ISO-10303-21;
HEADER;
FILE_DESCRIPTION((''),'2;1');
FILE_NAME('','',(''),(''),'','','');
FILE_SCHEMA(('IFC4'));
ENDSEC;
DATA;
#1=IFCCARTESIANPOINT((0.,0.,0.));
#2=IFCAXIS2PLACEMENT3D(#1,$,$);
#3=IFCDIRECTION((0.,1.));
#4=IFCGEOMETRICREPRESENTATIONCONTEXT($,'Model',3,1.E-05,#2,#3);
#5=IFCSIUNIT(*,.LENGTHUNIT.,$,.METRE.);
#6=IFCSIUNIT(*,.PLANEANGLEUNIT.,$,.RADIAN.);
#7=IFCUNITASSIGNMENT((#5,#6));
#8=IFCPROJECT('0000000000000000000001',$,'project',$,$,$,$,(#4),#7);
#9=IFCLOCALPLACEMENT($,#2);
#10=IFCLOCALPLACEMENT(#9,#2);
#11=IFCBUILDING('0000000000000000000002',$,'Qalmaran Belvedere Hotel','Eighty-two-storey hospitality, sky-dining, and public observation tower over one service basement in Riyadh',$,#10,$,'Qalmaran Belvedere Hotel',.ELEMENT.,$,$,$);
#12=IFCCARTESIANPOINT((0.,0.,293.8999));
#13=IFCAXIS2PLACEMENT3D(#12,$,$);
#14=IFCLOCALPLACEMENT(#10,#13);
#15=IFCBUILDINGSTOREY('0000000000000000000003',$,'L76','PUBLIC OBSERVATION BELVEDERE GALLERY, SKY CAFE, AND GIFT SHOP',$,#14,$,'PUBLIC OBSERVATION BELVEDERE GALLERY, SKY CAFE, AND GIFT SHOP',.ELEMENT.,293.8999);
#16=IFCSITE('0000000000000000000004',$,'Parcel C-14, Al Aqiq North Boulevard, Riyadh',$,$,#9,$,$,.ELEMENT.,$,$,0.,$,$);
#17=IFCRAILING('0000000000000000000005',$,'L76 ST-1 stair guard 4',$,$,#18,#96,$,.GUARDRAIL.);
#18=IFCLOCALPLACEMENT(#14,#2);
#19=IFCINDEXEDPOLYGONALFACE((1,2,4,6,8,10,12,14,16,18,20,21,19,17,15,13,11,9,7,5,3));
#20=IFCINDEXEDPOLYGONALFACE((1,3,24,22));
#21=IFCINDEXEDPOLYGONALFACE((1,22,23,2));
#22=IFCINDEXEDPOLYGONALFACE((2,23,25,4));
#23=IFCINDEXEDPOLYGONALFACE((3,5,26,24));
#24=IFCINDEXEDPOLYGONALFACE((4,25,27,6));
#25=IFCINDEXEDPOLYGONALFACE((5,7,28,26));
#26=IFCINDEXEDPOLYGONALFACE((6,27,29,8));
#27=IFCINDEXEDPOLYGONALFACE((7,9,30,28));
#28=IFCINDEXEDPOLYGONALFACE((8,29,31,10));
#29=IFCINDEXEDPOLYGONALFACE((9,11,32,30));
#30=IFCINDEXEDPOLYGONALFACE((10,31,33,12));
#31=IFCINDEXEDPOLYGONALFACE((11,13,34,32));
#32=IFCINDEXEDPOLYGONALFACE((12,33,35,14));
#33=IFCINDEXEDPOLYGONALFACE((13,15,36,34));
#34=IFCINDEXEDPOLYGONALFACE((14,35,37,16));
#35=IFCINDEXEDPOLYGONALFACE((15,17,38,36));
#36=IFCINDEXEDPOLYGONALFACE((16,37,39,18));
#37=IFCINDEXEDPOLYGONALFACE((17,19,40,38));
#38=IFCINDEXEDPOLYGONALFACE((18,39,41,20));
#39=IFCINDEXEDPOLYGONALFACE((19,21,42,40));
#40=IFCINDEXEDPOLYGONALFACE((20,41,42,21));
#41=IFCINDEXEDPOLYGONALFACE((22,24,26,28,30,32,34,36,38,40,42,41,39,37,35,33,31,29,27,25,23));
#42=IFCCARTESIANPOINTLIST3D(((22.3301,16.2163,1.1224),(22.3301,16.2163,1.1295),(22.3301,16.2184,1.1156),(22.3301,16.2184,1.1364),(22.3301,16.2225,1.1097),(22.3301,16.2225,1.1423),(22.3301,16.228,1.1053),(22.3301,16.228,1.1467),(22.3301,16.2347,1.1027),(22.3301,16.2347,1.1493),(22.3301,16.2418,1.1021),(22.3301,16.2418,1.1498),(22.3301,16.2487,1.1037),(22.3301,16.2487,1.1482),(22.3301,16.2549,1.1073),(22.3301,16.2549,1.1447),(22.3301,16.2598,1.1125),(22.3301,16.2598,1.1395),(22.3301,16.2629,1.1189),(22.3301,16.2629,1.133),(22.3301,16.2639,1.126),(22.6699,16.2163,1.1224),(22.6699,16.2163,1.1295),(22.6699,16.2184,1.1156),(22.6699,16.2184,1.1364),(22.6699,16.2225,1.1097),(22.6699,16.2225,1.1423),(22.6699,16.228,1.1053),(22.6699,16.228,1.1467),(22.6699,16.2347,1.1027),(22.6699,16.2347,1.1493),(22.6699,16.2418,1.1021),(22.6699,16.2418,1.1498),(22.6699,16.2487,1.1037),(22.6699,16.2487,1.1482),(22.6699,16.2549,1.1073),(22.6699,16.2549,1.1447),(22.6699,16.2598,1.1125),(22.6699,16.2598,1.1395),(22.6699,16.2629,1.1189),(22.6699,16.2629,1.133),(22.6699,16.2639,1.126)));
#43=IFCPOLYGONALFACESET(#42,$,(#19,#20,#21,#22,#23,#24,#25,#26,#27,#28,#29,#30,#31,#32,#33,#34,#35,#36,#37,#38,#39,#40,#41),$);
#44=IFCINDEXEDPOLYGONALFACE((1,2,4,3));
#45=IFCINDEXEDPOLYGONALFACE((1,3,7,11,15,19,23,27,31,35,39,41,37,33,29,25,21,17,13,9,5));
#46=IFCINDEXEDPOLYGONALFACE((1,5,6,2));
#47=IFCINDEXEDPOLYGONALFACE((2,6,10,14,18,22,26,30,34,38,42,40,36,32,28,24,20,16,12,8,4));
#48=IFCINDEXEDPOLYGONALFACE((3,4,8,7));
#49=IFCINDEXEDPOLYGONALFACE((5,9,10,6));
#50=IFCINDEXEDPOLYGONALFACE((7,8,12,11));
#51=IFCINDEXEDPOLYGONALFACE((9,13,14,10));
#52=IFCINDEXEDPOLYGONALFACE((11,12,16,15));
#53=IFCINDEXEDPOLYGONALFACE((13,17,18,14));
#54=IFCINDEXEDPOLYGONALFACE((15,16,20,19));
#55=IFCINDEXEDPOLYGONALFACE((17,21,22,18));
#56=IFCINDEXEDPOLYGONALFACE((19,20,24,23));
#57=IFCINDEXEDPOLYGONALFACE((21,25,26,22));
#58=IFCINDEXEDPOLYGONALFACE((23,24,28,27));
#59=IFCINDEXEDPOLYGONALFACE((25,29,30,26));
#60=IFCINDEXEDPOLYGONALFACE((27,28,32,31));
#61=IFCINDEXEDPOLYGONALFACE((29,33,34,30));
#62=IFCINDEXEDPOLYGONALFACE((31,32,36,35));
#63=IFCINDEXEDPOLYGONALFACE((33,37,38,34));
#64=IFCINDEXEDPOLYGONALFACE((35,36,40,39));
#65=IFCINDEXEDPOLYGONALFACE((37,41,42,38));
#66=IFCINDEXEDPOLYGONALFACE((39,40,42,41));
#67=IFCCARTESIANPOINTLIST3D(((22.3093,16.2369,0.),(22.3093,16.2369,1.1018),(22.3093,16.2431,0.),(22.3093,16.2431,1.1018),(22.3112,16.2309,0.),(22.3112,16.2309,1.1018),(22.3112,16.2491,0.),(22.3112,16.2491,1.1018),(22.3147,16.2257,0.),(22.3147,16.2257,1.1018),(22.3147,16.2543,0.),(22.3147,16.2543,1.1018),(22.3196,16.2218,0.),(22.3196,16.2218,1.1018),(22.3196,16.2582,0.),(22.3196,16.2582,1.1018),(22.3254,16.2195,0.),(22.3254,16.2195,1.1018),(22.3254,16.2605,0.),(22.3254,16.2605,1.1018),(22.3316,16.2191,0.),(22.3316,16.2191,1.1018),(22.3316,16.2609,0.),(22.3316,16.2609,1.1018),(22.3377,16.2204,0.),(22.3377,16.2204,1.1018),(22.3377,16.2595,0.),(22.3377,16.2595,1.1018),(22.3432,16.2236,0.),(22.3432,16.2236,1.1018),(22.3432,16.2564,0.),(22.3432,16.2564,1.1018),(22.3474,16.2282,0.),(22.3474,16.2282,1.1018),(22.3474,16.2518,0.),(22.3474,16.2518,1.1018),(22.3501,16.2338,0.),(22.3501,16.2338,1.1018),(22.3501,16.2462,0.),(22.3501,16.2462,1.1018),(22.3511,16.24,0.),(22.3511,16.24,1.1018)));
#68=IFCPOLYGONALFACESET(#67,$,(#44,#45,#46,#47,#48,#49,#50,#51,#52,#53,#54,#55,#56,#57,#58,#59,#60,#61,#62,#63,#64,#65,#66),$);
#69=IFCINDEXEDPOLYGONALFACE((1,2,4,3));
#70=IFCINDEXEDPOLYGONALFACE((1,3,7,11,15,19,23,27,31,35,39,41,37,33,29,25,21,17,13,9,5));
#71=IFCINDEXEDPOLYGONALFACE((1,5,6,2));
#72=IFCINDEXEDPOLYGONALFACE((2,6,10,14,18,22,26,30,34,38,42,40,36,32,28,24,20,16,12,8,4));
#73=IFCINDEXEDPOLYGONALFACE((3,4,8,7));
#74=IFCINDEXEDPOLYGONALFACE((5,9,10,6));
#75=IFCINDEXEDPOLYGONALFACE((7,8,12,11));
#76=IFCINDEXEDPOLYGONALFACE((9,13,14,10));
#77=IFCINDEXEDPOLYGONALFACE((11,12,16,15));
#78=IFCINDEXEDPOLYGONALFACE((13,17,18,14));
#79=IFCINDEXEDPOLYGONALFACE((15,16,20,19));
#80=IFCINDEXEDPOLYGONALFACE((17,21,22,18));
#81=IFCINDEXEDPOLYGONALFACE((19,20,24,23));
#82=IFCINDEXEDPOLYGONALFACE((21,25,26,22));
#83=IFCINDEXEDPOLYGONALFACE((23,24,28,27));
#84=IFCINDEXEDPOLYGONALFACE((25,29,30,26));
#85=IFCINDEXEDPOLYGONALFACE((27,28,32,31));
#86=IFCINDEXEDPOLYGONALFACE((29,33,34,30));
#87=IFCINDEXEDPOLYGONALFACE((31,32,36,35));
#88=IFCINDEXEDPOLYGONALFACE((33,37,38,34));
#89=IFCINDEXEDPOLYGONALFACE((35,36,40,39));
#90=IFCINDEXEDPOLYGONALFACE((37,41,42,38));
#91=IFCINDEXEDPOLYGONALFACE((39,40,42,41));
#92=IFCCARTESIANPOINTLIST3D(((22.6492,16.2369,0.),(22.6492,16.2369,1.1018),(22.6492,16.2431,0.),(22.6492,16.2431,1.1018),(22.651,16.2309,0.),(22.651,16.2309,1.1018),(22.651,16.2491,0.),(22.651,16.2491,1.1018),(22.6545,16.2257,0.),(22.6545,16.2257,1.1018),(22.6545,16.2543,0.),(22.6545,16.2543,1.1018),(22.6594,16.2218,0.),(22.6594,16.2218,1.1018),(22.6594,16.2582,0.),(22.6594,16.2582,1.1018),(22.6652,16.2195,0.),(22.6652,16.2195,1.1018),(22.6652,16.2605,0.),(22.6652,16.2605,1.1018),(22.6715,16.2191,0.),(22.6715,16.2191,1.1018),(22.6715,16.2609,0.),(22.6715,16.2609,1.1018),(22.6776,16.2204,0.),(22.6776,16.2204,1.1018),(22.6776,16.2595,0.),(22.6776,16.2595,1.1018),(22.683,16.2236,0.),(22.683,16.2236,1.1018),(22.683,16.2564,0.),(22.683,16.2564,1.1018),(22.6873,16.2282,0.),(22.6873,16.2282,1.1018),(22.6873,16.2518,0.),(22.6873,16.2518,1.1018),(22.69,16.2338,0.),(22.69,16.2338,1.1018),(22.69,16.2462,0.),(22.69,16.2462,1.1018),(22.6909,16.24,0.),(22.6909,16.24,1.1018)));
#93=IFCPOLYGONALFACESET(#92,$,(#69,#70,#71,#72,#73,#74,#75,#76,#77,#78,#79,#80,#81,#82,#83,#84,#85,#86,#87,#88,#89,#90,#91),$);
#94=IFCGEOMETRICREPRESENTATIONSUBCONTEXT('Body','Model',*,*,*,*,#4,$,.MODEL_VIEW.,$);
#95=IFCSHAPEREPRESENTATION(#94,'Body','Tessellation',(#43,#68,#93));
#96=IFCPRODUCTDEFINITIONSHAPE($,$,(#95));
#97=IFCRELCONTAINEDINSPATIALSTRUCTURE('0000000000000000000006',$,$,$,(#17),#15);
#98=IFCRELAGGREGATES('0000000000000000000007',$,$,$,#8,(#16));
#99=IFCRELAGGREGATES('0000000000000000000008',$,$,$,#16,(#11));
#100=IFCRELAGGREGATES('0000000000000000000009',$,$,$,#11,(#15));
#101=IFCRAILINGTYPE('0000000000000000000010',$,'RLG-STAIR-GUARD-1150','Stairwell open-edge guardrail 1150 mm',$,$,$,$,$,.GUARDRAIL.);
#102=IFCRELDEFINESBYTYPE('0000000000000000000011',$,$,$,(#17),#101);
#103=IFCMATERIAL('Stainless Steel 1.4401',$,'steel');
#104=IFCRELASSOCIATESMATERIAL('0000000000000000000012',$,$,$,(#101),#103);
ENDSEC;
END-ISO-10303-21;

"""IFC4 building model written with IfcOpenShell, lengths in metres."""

from ifc_helpers import new_model, si_unit, direction, frame, origin, origin_2d, place, context, subcontext, project, spatial, circle, extrude, material, type_object, element, save


model = new_model("IFC4")

# Units and contexts
model_context = context("Model", 3, precision=1e-05, world=origin(), true_north=direction((0.0, 1.0)))
body_context = subcontext(model_context, "Body", "Model", "MODEL_VIEW")
ifc_project = project(units=[si_unit("LENGTHUNIT", "METRE"), si_unit("PLANEANGLEUNIT", "RADIAN")], contexts=[model_context])

# Site, building, storey
site_placement = place(None, origin())
site = spatial("IfcSite", under=ifc_project, at=site_placement, Name="Parcel C-14, Al Aqiq North Boulevard, Riyadh", CompositionType="ELEMENT", RefElevation=0.0)
building_placement = place(site_placement, origin())
building = spatial("IfcBuilding", under=site, at=building_placement, Name="Qalmaran Belvedere Hotel", Description="Eighty-two-storey hospitality, sky-dining, and public observation tower over one service basement in Riyadh", LongName="Qalmaran Belvedere Hotel", CompositionType="ELEMENT")
storey_placement = place(building_placement, frame((0.0, 0.0, 293.8999)))
storey = spatial("IfcBuildingStorey", under=building, at=storey_placement, Name="L76", Description="PUBLIC OBSERVATION BELVEDERE GALLERY, SKY CAFE, AND GIFT SHOP", LongName="PUBLIC OBSERVATION BELVEDERE GALLERY, SKY CAFE, AND GIFT SHOP", CompositionType="ELEMENT", Elevation=293.8999)

# Shared definitions
ifc_material_1 = material(Name="Stainless Steel 1.4401", Category="steel")

# Railing
railing_type_1 = type_object("IfcRailingType", Name="RLG-STAIR-GUARD-1150", Description="Stairwell open-edge guardrail 1150 mm", PredefinedType="GUARDRAIL", material=ifc_material_1)
railing_1_placement = place(storey_placement, frame((22.3301, 16.24, 0.0)))
element("IfcRailing", 1, at=railing_1_placement, inside=storey, type_object=railing_type_1, Name="L76 ST-1 stair guard 4", PredefinedType="GUARDRAIL", context=body_context, shape_type="SweptSolid", body=[
    extrude(circle(Radius=0.0239, at=origin_2d()), frame((0.0, 0.0, 1.126), z_axis=(1.0, 0.0, 0.0), x_axis=(0.0, 1.0, 0.0)), (0.0, 0.0, 1.0), 0.3398),
    extrude(circle(Radius=0.021, at=origin_2d()), origin(), (0.0, 0.0, 1.0), 1.1018),
    extrude(circle(Radius=0.021, at=origin_2d()), frame((0.3398, 0.0, 0.0)), (0.0, 0.0, 1.0), 1.1018),
])

save(model, "model.ifc")
